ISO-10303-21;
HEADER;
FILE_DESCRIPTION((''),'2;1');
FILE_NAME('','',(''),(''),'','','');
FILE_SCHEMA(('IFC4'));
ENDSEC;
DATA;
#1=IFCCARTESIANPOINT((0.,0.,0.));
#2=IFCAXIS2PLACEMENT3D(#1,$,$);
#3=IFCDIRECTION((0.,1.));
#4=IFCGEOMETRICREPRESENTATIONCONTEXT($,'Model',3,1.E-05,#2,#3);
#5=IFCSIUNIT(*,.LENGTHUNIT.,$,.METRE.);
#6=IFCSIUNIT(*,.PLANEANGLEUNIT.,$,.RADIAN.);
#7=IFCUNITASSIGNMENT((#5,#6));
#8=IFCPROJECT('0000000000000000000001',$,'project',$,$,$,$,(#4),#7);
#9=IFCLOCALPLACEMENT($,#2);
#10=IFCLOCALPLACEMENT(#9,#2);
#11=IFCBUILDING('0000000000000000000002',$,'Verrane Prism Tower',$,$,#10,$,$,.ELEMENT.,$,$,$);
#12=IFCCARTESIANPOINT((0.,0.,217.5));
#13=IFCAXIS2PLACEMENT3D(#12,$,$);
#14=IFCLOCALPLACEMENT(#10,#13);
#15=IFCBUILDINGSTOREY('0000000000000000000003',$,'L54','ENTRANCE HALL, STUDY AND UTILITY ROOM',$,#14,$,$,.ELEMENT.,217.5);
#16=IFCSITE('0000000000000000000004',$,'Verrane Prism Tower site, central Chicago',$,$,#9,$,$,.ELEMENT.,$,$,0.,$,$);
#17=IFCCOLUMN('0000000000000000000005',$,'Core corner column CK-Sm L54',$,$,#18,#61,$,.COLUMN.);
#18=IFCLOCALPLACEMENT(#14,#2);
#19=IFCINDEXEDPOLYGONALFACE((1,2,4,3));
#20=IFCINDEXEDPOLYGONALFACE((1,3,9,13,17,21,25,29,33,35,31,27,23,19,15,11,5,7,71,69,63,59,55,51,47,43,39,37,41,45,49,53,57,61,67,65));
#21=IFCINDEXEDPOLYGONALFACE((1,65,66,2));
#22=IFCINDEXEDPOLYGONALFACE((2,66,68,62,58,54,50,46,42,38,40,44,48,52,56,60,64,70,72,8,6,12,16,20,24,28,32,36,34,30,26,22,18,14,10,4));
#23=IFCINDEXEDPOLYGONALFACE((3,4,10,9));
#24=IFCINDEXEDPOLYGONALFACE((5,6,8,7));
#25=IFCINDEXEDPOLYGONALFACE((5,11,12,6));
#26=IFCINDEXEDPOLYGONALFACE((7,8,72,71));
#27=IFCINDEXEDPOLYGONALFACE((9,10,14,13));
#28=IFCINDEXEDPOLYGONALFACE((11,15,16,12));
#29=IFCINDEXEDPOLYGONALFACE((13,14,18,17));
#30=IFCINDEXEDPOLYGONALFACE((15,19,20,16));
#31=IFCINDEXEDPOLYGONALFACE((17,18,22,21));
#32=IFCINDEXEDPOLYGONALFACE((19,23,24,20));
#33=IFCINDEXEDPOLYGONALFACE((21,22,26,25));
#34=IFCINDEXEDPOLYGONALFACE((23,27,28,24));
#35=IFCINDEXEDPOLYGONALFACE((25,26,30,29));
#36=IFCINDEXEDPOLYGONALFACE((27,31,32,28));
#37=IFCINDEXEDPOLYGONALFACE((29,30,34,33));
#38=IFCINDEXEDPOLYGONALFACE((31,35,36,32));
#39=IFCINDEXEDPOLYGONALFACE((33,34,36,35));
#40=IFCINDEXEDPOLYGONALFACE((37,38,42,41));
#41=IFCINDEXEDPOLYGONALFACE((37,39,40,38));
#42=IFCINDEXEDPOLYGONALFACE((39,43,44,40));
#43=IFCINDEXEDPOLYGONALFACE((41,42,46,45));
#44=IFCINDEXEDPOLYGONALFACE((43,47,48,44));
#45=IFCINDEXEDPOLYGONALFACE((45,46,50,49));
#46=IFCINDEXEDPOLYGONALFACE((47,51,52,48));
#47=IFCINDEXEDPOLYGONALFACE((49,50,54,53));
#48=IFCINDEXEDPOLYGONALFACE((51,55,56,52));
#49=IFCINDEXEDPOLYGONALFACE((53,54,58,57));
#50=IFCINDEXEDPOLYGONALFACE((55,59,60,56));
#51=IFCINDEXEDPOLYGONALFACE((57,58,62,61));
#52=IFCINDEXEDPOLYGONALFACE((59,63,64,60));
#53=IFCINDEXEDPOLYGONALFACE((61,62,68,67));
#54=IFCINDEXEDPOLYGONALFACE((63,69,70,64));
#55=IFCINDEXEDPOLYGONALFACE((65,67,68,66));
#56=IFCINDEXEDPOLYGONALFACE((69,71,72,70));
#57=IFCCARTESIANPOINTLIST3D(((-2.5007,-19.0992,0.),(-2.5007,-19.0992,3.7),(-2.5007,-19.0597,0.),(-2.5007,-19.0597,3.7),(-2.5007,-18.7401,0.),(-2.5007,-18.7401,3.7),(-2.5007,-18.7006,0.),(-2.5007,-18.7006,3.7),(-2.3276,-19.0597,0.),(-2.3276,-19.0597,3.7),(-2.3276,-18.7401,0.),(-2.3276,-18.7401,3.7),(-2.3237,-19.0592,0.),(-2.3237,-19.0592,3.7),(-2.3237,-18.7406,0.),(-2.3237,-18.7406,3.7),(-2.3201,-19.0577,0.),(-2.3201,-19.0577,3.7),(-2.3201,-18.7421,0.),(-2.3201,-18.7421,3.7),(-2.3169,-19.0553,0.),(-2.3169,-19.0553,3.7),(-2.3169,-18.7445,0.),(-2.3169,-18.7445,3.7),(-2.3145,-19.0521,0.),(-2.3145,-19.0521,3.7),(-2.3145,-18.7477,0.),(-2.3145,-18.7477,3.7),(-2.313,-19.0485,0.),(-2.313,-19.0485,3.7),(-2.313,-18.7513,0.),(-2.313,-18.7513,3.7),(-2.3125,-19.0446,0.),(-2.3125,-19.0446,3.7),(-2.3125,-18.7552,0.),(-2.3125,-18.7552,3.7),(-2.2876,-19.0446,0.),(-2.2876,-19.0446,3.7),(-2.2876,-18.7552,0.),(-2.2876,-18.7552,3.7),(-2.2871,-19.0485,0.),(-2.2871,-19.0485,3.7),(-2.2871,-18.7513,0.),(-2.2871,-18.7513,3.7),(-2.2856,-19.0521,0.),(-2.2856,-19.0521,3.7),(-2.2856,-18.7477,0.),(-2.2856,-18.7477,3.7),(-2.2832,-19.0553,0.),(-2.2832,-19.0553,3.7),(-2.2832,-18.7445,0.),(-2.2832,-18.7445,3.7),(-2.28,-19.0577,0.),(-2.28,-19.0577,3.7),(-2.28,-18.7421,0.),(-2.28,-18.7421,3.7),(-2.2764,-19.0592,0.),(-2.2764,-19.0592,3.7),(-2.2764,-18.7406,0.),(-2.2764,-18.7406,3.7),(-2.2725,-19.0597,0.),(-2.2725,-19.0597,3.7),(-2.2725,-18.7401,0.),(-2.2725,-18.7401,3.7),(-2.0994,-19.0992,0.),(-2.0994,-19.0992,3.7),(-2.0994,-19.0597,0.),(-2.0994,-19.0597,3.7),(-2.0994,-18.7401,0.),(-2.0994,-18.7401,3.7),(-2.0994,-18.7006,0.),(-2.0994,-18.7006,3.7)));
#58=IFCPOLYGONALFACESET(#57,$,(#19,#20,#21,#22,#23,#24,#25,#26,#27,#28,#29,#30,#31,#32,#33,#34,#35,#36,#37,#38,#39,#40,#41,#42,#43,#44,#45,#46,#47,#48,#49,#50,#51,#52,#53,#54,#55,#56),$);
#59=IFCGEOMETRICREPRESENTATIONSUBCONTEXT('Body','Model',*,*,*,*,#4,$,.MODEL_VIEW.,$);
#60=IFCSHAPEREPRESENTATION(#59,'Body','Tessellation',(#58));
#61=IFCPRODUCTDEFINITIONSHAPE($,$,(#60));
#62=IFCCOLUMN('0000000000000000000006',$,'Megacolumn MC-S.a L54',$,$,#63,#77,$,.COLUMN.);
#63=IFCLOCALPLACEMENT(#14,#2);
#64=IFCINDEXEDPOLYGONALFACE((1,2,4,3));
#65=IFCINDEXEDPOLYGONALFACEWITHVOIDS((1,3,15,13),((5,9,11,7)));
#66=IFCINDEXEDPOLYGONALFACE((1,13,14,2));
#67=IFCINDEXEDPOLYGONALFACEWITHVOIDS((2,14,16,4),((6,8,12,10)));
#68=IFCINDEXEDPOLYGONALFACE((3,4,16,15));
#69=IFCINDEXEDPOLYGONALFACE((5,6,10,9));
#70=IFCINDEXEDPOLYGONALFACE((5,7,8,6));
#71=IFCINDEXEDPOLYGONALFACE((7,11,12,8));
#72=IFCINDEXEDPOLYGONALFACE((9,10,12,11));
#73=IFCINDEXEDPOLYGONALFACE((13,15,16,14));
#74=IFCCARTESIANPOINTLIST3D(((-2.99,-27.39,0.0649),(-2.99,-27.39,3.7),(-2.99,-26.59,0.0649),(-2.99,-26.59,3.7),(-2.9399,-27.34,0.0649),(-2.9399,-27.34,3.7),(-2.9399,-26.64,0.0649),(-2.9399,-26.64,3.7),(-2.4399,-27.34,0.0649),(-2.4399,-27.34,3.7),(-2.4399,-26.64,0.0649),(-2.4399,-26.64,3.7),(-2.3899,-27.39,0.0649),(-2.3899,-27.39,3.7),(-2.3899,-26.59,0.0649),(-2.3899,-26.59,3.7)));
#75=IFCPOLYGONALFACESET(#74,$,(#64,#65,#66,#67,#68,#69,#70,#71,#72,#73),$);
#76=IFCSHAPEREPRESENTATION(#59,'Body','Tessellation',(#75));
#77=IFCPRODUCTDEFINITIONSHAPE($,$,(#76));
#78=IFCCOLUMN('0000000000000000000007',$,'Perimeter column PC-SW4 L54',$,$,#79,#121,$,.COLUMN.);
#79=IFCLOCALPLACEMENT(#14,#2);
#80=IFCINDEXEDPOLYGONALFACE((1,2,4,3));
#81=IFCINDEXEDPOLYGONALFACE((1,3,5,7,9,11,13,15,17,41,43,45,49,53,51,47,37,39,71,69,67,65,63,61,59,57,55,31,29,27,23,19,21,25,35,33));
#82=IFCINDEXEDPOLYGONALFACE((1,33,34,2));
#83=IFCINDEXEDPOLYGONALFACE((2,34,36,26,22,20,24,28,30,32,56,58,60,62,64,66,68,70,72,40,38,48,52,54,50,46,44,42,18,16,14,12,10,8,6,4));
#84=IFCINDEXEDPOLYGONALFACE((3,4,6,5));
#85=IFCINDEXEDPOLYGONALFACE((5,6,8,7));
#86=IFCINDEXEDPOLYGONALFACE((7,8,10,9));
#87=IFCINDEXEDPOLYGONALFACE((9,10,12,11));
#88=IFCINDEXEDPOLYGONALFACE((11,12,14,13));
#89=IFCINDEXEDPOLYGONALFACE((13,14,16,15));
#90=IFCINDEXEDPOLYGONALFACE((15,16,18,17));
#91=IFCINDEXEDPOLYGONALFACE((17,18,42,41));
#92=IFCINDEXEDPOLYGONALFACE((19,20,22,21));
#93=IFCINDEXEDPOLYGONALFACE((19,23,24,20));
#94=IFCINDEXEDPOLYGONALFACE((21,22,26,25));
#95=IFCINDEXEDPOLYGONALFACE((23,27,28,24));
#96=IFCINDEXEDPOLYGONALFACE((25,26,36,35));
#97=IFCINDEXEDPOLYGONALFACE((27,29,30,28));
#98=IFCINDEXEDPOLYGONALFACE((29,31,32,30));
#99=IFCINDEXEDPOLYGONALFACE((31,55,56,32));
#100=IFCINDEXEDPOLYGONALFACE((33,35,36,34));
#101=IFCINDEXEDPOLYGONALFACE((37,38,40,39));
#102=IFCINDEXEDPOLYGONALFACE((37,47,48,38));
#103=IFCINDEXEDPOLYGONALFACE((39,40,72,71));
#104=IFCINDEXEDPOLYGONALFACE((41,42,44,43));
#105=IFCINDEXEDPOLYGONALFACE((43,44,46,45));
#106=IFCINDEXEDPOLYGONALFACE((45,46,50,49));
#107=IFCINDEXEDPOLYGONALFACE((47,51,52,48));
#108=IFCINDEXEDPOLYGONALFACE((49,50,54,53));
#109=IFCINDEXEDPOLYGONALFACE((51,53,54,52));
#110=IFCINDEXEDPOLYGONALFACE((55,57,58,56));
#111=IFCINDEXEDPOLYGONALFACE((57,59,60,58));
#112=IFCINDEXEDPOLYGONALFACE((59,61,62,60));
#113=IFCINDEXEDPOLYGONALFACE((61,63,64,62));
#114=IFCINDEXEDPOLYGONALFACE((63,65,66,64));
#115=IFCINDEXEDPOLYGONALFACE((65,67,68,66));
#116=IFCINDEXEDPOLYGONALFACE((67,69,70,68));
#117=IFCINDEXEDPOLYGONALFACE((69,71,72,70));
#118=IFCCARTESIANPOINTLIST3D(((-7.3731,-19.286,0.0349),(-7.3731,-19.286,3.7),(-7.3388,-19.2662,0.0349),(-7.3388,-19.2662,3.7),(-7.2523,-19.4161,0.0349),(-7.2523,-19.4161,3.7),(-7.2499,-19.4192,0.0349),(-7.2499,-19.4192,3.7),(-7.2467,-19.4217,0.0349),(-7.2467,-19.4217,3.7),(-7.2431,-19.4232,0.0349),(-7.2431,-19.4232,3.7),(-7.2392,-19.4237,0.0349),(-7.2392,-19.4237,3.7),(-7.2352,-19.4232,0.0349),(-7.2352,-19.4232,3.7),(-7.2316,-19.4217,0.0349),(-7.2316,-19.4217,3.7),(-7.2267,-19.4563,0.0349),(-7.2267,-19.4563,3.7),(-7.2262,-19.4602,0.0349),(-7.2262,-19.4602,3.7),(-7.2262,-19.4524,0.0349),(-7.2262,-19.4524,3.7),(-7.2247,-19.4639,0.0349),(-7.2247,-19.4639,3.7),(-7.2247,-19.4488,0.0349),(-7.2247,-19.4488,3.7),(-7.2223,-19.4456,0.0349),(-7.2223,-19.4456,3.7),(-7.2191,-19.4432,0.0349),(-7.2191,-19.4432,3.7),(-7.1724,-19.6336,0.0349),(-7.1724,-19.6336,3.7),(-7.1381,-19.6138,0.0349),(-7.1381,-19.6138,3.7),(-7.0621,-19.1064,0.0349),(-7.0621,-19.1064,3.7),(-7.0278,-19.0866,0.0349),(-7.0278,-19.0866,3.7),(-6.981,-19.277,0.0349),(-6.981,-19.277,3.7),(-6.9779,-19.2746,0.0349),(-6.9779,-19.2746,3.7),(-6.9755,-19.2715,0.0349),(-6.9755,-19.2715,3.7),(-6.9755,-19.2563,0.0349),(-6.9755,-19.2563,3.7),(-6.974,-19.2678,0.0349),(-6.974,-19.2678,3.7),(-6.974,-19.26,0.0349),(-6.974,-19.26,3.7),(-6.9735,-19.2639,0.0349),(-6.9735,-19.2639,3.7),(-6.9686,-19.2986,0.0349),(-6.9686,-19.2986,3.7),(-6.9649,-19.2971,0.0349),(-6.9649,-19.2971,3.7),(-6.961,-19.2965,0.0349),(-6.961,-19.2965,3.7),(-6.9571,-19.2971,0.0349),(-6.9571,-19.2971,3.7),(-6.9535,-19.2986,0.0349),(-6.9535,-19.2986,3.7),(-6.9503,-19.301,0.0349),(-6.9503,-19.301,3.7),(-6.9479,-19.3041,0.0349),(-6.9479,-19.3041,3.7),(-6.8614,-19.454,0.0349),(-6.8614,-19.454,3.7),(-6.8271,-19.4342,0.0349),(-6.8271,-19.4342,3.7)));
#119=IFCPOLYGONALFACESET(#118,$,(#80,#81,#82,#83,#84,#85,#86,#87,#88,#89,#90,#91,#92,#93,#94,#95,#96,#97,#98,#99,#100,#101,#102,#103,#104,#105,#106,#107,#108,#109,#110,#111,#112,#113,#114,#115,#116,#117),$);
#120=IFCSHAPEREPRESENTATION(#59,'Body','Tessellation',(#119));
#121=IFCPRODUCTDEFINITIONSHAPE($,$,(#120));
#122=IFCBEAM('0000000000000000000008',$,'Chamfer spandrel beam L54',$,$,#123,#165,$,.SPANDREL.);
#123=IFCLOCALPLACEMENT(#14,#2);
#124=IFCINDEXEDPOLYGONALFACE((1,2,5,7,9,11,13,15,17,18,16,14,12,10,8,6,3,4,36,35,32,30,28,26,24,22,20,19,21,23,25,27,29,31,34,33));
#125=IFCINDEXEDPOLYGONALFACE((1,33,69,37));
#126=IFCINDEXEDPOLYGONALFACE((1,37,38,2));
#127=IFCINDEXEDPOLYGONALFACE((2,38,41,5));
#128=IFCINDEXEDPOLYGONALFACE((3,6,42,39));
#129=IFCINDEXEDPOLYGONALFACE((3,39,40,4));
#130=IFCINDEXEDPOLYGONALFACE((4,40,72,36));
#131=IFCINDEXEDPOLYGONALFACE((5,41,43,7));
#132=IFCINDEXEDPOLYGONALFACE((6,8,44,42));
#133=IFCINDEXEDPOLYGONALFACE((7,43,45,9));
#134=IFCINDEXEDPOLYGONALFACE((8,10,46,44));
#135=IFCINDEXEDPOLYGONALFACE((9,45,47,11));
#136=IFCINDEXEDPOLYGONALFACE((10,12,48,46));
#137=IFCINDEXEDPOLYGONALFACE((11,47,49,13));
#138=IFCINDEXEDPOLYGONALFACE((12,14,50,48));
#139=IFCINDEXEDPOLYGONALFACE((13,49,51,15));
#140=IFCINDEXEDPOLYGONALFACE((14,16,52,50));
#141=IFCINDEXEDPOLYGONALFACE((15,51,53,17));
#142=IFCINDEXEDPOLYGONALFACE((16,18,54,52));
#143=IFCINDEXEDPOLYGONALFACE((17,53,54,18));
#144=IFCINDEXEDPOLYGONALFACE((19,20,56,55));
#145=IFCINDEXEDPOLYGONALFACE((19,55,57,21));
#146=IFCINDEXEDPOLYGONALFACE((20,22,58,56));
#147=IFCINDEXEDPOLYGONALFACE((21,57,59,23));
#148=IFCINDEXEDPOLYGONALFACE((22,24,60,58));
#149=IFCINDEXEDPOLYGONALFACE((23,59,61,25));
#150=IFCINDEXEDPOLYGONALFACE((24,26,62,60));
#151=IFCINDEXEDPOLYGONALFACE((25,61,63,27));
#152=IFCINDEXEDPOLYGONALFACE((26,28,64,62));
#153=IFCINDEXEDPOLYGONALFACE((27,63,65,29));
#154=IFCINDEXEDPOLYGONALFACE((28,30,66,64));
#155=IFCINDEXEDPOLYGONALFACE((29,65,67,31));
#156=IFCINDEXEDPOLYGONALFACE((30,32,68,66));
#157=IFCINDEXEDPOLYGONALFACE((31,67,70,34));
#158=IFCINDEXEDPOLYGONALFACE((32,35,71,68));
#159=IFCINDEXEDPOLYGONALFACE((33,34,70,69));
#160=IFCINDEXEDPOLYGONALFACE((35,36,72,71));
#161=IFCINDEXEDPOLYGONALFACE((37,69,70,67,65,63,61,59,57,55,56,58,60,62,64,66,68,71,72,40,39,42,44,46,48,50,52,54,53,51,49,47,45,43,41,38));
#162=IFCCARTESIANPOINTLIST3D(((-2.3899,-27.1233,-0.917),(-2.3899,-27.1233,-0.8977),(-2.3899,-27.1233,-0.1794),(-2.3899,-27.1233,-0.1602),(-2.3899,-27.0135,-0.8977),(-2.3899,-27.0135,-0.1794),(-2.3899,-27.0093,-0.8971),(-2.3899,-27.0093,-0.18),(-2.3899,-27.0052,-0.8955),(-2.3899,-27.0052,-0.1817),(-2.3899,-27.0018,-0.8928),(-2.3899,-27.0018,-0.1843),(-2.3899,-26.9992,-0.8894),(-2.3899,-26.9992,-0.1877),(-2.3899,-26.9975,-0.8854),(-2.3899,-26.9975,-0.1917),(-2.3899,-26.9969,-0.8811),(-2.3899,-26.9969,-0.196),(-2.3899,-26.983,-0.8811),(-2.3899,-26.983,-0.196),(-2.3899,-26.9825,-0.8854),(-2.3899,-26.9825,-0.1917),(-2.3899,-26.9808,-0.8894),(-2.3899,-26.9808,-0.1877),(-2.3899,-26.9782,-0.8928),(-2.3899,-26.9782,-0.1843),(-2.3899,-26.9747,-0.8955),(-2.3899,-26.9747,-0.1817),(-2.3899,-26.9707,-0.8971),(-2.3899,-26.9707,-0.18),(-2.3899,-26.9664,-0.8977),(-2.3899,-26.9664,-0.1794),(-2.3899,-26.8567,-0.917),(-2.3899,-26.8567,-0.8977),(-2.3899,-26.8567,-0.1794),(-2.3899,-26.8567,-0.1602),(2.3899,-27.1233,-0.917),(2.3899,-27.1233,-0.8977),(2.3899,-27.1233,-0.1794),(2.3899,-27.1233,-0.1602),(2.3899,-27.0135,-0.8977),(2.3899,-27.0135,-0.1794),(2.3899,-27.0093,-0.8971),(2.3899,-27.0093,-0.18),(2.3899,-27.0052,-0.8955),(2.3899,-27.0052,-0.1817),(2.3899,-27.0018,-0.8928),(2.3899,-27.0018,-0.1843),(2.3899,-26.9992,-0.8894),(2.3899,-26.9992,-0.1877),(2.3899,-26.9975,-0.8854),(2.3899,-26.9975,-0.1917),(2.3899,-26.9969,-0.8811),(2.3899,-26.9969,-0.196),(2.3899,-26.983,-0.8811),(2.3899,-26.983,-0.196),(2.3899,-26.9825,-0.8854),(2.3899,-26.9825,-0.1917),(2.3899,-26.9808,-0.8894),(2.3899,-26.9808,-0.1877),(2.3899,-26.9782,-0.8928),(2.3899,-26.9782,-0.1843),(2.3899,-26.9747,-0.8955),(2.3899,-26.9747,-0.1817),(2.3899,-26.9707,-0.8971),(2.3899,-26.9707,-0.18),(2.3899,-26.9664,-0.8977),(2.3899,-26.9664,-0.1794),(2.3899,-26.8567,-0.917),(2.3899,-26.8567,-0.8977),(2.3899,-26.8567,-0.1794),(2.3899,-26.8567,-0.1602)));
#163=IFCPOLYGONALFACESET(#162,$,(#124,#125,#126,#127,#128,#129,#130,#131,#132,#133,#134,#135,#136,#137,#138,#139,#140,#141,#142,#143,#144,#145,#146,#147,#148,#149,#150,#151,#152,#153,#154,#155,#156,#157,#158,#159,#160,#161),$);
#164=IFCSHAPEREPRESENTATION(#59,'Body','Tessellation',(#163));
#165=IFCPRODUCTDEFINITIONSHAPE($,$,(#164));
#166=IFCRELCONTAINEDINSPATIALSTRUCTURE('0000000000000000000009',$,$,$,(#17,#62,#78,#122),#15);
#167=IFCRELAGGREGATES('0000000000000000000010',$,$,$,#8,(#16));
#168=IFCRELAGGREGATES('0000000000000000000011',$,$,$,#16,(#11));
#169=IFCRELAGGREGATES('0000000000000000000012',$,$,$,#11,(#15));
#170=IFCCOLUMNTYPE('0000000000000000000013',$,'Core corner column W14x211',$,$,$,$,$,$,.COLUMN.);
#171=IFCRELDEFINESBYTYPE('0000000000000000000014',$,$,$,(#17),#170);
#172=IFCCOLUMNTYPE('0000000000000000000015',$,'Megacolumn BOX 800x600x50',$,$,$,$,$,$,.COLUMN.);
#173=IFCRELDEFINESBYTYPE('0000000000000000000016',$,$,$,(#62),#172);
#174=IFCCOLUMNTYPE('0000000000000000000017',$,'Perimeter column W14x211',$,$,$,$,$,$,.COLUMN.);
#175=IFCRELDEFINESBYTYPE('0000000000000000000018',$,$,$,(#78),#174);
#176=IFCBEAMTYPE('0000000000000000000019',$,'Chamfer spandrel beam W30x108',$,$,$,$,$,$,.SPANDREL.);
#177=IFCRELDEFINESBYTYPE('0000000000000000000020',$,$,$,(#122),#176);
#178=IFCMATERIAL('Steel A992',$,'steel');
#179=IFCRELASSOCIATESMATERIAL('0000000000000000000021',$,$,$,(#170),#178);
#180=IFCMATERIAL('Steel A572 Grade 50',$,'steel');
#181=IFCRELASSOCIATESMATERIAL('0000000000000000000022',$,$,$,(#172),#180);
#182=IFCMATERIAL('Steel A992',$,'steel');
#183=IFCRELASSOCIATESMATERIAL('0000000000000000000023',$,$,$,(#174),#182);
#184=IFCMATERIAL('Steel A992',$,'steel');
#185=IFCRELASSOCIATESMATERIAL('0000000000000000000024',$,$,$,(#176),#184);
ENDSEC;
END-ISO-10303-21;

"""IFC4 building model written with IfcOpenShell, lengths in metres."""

from ifc_helpers import new_model, si_unit, direction, frame, origin, origin_2d, place, context, subcontext, project, spatial, hollow_rectangle, i_section, extrude, material, material_profile, profile_set, type_object, element, save


model = new_model("IFC4")

# Units and contexts
model_context = context("Model", 3, precision=1e-05, world=origin(), true_north=direction((0.0, 1.0)))
body_context = subcontext(model_context, "Body", "Model", "MODEL_VIEW")
ifc_project = project(units=[si_unit("LENGTHUNIT", "METRE"), si_unit("PLANEANGLEUNIT", "RADIAN")], contexts=[model_context])

# Site, building, storey
site_placement = place(None, origin())
site = spatial("IfcSite", under=ifc_project, at=site_placement, Name="Verrane Prism Tower site, central Chicago", CompositionType="ELEMENT", RefElevation=0.0)
building_placement = place(site_placement, origin())
building = spatial("IfcBuilding", under=site, at=building_placement, Name="Verrane Prism Tower", CompositionType="ELEMENT")
storey_placement = place(building_placement, frame((0.0, 0.0, 217.5)))
storey = spatial("IfcBuildingStorey", under=building, at=storey_placement, Name="L54", Description="ENTRANCE HALL, STUDY AND UTILITY ROOM", CompositionType="ELEMENT", Elevation=217.5)

# Columns
ifc_material_1 = material(Name="Steel A992", Category="steel")
ifc_material_profile_1 = material_profile(ifc_material_1, i_section(OverallWidth=0.4014, OverallDepth=0.3987, WebThickness=0.0249, FlangeThickness=0.0396, FilletRadius=0.0151, at=origin_2d()), Name="W14x211")
ifc_profile_set_1 = profile_set([ifc_material_profile_1], Name="Steel A992")
column_type_1 = type_object("IfcColumnType", Name="Core corner column W14x211", PredefinedType="COLUMN", material=ifc_profile_set_1)
column_1_placement = place(storey_placement, frame((-2.3, -18.8999, 0.0), z_axis=(0.0, 0.0, 1.0), x_axis=(-1.0, 0.0, 0.0)))
element("IfcColumn", 1, at=column_1_placement, inside=storey, type_object=column_type_1, Name="Core corner column CK-Sm L54", PredefinedType="COLUMN", context=body_context, shape_type="SweptSolid", body=[
    extrude(i_section(OverallWidth=0.4014, OverallDepth=0.3987, WebThickness=0.0249, FlangeThickness=0.0396, FilletRadius=0.0151, at=origin_2d()), origin(), (0.0, 0.0, 1.0), 3.7),
])
ifc_material_2 = material(Name="Steel A572 Grade 50", Category="steel")
ifc_material_profile_2 = material_profile(ifc_material_2, hollow_rectangle(XDim=0.6001, YDim=0.8, WallThickness=0.05, at=origin_2d()), Name="BOX 800x600x50")
ifc_profile_set_2 = profile_set([ifc_material_profile_2], Name="Steel A572 Grade 50")
column_type_2 = type_object("IfcColumnType", Name="Megacolumn BOX 800x600x50", PredefinedType="COLUMN", material=ifc_profile_set_2)
column_2_placement = place(storey_placement, frame((-2.6899, -26.99, 0.0649), z_axis=(0.0, 0.0, 1.0), x_axis=(-1.0, 0.0, 0.0)))
element("IfcColumn", 2, at=column_2_placement, inside=storey, type_object=column_type_2, Name="Megacolumn MC-S.a L54", PredefinedType="COLUMN", context=body_context, shape_type="SweptSolid", body=[
    extrude(hollow_rectangle(XDim=0.6001, YDim=0.8, WallThickness=0.05, at=origin_2d()), origin(), (0.0, 0.0, 1.0), 3.635),
])
ifc_material_3 = material(Name="Steel A992", Category="steel")
ifc_material_profile_3 = material_profile(ifc_material_3, i_section(OverallWidth=0.4014, OverallDepth=0.3987, WebThickness=0.0249, FlangeThickness=0.0396, FilletRadius=0.0151, at=origin_2d()), Name="W14x211")
ifc_profile_set_3 = profile_set([ifc_material_profile_3], Name="Steel A992")
column_type_3 = type_object("IfcColumnType", Name="Perimeter column W14x211", PredefinedType="COLUMN", material=ifc_profile_set_3)
column_3_placement = place(storey_placement, frame((-7.1001, -19.3601, 0.0349), z_axis=(0.0, 0.0, 1.0), x_axis=(-0.5, 0.866025, 0.0)))
element("IfcColumn", 3, at=column_3_placement, inside=storey, type_object=column_type_3, Name="Perimeter column PC-SW4 L54", PredefinedType="COLUMN", context=body_context, shape_type="SweptSolid", body=[
    extrude(i_section(OverallWidth=0.4014, OverallDepth=0.3987, WebThickness=0.0249, FlangeThickness=0.0396, FilletRadius=0.0151, at=origin_2d()), origin(), (0.0, 0.0, 1.0), 3.665),
])

# Beam
ifc_material_4 = material(Name="Steel A992", Category="steel")
ifc_material_profile_4 = material_profile(ifc_material_4, i_section(OverallWidth=0.2666, OverallDepth=0.7568, WebThickness=0.0139, FlangeThickness=0.0193, FilletRadius=0.0166, at=origin_2d()), Name="W30x108")
ifc_profile_set_4 = profile_set([ifc_material_profile_4], Name="Steel A992")
beam_type_1 = type_object("IfcBeamType", Name="Chamfer spandrel beam W30x108", PredefinedType="SPANDREL", material=ifc_profile_set_4)
beam_1_placement = place(storey_placement, frame((-2.3899, -26.99, -0.5386), z_axis=(1.0, 0.0, 0.0), x_axis=(0.0, 1.0, 0.0)))
element("IfcBeam", 4, at=beam_1_placement, inside=storey, type_object=beam_type_1, Name="Chamfer spandrel beam L54", PredefinedType="SPANDREL", context=body_context, shape_type="SweptSolid", body=[
    extrude(i_section(OverallWidth=0.2666, OverallDepth=0.7568, WebThickness=0.0139, FlangeThickness=0.0193, FilletRadius=0.0166, at=origin_2d()), origin(), (0.0, 0.0, 1.0), 4.7798),
])

save(model, "model.ifc")
